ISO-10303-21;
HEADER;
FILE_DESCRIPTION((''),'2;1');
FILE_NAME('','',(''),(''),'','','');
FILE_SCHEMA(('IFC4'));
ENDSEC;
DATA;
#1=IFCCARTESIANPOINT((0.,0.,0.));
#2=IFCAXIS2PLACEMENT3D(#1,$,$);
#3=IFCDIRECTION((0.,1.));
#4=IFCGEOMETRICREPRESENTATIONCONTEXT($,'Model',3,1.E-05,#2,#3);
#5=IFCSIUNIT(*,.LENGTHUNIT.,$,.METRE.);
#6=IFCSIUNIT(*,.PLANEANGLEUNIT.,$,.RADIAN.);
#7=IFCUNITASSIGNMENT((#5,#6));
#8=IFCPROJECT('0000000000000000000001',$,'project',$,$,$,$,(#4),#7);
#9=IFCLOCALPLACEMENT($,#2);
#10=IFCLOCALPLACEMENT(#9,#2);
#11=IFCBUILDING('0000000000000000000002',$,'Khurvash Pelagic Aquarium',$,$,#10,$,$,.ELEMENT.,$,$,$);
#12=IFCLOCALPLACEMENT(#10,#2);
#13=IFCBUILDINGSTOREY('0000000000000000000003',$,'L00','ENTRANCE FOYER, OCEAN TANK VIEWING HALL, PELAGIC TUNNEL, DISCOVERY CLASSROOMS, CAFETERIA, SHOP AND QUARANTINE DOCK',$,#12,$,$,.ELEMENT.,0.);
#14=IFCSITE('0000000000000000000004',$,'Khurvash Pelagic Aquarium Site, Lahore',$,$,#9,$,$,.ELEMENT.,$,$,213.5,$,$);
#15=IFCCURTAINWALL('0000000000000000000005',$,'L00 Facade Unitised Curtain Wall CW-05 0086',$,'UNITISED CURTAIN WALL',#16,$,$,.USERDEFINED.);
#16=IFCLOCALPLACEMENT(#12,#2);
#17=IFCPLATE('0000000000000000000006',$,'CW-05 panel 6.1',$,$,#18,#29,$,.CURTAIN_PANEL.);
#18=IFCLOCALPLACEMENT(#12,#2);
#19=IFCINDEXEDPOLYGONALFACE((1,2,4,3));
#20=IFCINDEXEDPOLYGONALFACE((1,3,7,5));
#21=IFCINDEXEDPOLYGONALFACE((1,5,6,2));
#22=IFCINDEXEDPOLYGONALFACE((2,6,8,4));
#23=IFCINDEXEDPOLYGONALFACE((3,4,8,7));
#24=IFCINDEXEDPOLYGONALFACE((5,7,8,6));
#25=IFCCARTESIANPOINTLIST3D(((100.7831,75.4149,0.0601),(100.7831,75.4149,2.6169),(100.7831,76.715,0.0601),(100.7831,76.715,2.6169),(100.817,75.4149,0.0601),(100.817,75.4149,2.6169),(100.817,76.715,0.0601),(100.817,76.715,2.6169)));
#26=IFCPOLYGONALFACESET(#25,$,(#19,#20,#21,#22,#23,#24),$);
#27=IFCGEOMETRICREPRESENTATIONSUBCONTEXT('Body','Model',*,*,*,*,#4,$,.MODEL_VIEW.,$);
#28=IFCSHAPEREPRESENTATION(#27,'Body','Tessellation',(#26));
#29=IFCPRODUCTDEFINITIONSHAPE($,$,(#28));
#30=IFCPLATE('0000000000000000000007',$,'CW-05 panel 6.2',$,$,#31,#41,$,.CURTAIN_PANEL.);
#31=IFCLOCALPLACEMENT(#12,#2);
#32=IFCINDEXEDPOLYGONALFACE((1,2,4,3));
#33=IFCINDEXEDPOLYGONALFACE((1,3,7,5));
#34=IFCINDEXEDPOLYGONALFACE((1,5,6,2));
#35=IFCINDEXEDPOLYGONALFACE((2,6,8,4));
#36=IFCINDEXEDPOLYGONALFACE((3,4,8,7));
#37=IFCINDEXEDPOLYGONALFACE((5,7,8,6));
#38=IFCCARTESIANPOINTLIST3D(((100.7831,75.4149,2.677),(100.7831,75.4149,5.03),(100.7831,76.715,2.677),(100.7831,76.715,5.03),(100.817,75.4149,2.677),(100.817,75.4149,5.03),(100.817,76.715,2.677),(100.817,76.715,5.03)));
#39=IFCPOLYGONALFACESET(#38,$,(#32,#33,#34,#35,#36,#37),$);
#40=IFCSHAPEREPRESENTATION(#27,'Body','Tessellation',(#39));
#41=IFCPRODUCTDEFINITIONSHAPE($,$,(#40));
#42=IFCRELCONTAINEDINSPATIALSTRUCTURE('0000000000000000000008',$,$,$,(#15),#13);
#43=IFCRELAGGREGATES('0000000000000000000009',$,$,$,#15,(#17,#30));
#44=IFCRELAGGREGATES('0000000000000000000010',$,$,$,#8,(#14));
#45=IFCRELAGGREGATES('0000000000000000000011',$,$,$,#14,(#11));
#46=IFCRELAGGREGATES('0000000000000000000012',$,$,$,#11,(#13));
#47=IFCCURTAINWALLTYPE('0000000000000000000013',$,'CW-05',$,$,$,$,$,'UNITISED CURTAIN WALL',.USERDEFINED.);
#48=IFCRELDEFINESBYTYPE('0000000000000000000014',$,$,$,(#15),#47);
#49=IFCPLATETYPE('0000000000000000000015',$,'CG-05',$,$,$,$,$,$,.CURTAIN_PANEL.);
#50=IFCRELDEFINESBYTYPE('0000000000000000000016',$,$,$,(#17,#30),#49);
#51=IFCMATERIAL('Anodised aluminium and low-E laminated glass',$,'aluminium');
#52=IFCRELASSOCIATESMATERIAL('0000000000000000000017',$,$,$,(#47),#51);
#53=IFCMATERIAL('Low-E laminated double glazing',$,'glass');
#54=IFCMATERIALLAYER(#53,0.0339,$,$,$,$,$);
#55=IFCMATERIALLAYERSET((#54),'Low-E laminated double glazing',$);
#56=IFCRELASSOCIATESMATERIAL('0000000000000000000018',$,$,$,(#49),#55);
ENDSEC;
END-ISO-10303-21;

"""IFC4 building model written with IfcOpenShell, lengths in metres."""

from ifc_helpers import new_model, si_unit, direction, frame, origin, origin_2d, place, context, subcontext, project, spatial, rectangle, extrude, material, layer, layer_set, type_object, element, aggregate, save


model = new_model("IFC4")

# Units and contexts
model_context = context("Model", 3, precision=1e-05, world=origin(), true_north=direction((0.0, 1.0)))
body_context = subcontext(model_context, "Body", "Model", "MODEL_VIEW")
ifc_project = project(units=[si_unit("LENGTHUNIT", "METRE"), si_unit("PLANEANGLEUNIT", "RADIAN")], contexts=[model_context])

# Site, building, storey
site_placement = place(None, origin())
site = spatial("IfcSite", under=ifc_project, at=site_placement, Name="Khurvash Pelagic Aquarium Site, Lahore", CompositionType="ELEMENT", RefElevation=213.5)
building_placement = place(site_placement, origin())
building = spatial("IfcBuilding", under=site, at=building_placement, Name="Khurvash Pelagic Aquarium", CompositionType="ELEMENT")
storey_placement = place(building_placement, origin())
storey = spatial("IfcBuildingStorey", under=building, at=storey_placement, Name="L00", Description="ENTRANCE FOYER, OCEAN TANK VIEWING HALL, PELAGIC TUNNEL, DISCOVERY CLASSROOMS, CAFETERIA, SHOP AND QUARANTINE DOCK", CompositionType="ELEMENT", Elevation=0.0)

# Curtain wall
ifc_material_1 = material(Name="Anodised aluminium and low-E laminated glass", Category="aluminium")
curtain_wall_type_1 = type_object("IfcCurtainWallType", Name="CW-05", ElementType="UNITISED CURTAIN WALL", PredefinedType="USERDEFINED", material=ifc_material_1)
curtain_wall_1_placement = place(storey_placement, origin())
curtain_wall_1 = element("IfcCurtainWall", 1, at=curtain_wall_1_placement, inside=storey, type_object=curtain_wall_type_1, Name="L00 Facade Unitised Curtain Wall CW-05 0086", ObjectType="UNITISED CURTAIN WALL", PredefinedType="USERDEFINED")

# Plates
ifc_material_2 = material(Name="Low-E laminated double glazing", Category="glass")
ifc_layer_1 = layer(ifc_material_2, 0.0339)
ifc_layer_set_1 = layer_set([ifc_layer_1], Name="Low-E laminated double glazing")
plate_type_1 = type_object("IfcPlateType", Name="CG-05", PredefinedType="CURTAIN_PANEL", material=ifc_layer_set_1)
plate_1_placement = place(storey_placement, frame((100.8, 76.0649, 0.0601), z_axis=(0.0, 0.0, 1.0), x_axis=(0.0, -1.0, 0.0)))
plate_1 = element("IfcPlate", 2, at=plate_1_placement, type_object=plate_type_1, Name="CW-05 panel 6.1", PredefinedType="CURTAIN_PANEL", context=body_context, shape_type="SweptSolid", body=[
    extrude(rectangle(XDim=1.3, YDim=0.0339, at=origin_2d()), origin(), (0.0, 0.0, 1.0), 2.5569),
])
plate_2_placement = place(storey_placement, frame((100.8, 76.0649, 2.677), z_axis=(0.0, 0.0, 1.0), x_axis=(0.0, -1.0, 0.0)))
plate_2 = element("IfcPlate", 3, at=plate_2_placement, type_object=plate_type_1, Name="CW-05 panel 6.2", PredefinedType="CURTAIN_PANEL", context=body_context, shape_type="SweptSolid", body=[
    extrude(rectangle(XDim=1.3, YDim=0.0339, at=origin_2d()), origin(), (0.0, 0.0, 1.0), 2.353),
])
aggregate(curtain_wall_1, [plate_1, plate_2])

save(model, "model.ifc")
